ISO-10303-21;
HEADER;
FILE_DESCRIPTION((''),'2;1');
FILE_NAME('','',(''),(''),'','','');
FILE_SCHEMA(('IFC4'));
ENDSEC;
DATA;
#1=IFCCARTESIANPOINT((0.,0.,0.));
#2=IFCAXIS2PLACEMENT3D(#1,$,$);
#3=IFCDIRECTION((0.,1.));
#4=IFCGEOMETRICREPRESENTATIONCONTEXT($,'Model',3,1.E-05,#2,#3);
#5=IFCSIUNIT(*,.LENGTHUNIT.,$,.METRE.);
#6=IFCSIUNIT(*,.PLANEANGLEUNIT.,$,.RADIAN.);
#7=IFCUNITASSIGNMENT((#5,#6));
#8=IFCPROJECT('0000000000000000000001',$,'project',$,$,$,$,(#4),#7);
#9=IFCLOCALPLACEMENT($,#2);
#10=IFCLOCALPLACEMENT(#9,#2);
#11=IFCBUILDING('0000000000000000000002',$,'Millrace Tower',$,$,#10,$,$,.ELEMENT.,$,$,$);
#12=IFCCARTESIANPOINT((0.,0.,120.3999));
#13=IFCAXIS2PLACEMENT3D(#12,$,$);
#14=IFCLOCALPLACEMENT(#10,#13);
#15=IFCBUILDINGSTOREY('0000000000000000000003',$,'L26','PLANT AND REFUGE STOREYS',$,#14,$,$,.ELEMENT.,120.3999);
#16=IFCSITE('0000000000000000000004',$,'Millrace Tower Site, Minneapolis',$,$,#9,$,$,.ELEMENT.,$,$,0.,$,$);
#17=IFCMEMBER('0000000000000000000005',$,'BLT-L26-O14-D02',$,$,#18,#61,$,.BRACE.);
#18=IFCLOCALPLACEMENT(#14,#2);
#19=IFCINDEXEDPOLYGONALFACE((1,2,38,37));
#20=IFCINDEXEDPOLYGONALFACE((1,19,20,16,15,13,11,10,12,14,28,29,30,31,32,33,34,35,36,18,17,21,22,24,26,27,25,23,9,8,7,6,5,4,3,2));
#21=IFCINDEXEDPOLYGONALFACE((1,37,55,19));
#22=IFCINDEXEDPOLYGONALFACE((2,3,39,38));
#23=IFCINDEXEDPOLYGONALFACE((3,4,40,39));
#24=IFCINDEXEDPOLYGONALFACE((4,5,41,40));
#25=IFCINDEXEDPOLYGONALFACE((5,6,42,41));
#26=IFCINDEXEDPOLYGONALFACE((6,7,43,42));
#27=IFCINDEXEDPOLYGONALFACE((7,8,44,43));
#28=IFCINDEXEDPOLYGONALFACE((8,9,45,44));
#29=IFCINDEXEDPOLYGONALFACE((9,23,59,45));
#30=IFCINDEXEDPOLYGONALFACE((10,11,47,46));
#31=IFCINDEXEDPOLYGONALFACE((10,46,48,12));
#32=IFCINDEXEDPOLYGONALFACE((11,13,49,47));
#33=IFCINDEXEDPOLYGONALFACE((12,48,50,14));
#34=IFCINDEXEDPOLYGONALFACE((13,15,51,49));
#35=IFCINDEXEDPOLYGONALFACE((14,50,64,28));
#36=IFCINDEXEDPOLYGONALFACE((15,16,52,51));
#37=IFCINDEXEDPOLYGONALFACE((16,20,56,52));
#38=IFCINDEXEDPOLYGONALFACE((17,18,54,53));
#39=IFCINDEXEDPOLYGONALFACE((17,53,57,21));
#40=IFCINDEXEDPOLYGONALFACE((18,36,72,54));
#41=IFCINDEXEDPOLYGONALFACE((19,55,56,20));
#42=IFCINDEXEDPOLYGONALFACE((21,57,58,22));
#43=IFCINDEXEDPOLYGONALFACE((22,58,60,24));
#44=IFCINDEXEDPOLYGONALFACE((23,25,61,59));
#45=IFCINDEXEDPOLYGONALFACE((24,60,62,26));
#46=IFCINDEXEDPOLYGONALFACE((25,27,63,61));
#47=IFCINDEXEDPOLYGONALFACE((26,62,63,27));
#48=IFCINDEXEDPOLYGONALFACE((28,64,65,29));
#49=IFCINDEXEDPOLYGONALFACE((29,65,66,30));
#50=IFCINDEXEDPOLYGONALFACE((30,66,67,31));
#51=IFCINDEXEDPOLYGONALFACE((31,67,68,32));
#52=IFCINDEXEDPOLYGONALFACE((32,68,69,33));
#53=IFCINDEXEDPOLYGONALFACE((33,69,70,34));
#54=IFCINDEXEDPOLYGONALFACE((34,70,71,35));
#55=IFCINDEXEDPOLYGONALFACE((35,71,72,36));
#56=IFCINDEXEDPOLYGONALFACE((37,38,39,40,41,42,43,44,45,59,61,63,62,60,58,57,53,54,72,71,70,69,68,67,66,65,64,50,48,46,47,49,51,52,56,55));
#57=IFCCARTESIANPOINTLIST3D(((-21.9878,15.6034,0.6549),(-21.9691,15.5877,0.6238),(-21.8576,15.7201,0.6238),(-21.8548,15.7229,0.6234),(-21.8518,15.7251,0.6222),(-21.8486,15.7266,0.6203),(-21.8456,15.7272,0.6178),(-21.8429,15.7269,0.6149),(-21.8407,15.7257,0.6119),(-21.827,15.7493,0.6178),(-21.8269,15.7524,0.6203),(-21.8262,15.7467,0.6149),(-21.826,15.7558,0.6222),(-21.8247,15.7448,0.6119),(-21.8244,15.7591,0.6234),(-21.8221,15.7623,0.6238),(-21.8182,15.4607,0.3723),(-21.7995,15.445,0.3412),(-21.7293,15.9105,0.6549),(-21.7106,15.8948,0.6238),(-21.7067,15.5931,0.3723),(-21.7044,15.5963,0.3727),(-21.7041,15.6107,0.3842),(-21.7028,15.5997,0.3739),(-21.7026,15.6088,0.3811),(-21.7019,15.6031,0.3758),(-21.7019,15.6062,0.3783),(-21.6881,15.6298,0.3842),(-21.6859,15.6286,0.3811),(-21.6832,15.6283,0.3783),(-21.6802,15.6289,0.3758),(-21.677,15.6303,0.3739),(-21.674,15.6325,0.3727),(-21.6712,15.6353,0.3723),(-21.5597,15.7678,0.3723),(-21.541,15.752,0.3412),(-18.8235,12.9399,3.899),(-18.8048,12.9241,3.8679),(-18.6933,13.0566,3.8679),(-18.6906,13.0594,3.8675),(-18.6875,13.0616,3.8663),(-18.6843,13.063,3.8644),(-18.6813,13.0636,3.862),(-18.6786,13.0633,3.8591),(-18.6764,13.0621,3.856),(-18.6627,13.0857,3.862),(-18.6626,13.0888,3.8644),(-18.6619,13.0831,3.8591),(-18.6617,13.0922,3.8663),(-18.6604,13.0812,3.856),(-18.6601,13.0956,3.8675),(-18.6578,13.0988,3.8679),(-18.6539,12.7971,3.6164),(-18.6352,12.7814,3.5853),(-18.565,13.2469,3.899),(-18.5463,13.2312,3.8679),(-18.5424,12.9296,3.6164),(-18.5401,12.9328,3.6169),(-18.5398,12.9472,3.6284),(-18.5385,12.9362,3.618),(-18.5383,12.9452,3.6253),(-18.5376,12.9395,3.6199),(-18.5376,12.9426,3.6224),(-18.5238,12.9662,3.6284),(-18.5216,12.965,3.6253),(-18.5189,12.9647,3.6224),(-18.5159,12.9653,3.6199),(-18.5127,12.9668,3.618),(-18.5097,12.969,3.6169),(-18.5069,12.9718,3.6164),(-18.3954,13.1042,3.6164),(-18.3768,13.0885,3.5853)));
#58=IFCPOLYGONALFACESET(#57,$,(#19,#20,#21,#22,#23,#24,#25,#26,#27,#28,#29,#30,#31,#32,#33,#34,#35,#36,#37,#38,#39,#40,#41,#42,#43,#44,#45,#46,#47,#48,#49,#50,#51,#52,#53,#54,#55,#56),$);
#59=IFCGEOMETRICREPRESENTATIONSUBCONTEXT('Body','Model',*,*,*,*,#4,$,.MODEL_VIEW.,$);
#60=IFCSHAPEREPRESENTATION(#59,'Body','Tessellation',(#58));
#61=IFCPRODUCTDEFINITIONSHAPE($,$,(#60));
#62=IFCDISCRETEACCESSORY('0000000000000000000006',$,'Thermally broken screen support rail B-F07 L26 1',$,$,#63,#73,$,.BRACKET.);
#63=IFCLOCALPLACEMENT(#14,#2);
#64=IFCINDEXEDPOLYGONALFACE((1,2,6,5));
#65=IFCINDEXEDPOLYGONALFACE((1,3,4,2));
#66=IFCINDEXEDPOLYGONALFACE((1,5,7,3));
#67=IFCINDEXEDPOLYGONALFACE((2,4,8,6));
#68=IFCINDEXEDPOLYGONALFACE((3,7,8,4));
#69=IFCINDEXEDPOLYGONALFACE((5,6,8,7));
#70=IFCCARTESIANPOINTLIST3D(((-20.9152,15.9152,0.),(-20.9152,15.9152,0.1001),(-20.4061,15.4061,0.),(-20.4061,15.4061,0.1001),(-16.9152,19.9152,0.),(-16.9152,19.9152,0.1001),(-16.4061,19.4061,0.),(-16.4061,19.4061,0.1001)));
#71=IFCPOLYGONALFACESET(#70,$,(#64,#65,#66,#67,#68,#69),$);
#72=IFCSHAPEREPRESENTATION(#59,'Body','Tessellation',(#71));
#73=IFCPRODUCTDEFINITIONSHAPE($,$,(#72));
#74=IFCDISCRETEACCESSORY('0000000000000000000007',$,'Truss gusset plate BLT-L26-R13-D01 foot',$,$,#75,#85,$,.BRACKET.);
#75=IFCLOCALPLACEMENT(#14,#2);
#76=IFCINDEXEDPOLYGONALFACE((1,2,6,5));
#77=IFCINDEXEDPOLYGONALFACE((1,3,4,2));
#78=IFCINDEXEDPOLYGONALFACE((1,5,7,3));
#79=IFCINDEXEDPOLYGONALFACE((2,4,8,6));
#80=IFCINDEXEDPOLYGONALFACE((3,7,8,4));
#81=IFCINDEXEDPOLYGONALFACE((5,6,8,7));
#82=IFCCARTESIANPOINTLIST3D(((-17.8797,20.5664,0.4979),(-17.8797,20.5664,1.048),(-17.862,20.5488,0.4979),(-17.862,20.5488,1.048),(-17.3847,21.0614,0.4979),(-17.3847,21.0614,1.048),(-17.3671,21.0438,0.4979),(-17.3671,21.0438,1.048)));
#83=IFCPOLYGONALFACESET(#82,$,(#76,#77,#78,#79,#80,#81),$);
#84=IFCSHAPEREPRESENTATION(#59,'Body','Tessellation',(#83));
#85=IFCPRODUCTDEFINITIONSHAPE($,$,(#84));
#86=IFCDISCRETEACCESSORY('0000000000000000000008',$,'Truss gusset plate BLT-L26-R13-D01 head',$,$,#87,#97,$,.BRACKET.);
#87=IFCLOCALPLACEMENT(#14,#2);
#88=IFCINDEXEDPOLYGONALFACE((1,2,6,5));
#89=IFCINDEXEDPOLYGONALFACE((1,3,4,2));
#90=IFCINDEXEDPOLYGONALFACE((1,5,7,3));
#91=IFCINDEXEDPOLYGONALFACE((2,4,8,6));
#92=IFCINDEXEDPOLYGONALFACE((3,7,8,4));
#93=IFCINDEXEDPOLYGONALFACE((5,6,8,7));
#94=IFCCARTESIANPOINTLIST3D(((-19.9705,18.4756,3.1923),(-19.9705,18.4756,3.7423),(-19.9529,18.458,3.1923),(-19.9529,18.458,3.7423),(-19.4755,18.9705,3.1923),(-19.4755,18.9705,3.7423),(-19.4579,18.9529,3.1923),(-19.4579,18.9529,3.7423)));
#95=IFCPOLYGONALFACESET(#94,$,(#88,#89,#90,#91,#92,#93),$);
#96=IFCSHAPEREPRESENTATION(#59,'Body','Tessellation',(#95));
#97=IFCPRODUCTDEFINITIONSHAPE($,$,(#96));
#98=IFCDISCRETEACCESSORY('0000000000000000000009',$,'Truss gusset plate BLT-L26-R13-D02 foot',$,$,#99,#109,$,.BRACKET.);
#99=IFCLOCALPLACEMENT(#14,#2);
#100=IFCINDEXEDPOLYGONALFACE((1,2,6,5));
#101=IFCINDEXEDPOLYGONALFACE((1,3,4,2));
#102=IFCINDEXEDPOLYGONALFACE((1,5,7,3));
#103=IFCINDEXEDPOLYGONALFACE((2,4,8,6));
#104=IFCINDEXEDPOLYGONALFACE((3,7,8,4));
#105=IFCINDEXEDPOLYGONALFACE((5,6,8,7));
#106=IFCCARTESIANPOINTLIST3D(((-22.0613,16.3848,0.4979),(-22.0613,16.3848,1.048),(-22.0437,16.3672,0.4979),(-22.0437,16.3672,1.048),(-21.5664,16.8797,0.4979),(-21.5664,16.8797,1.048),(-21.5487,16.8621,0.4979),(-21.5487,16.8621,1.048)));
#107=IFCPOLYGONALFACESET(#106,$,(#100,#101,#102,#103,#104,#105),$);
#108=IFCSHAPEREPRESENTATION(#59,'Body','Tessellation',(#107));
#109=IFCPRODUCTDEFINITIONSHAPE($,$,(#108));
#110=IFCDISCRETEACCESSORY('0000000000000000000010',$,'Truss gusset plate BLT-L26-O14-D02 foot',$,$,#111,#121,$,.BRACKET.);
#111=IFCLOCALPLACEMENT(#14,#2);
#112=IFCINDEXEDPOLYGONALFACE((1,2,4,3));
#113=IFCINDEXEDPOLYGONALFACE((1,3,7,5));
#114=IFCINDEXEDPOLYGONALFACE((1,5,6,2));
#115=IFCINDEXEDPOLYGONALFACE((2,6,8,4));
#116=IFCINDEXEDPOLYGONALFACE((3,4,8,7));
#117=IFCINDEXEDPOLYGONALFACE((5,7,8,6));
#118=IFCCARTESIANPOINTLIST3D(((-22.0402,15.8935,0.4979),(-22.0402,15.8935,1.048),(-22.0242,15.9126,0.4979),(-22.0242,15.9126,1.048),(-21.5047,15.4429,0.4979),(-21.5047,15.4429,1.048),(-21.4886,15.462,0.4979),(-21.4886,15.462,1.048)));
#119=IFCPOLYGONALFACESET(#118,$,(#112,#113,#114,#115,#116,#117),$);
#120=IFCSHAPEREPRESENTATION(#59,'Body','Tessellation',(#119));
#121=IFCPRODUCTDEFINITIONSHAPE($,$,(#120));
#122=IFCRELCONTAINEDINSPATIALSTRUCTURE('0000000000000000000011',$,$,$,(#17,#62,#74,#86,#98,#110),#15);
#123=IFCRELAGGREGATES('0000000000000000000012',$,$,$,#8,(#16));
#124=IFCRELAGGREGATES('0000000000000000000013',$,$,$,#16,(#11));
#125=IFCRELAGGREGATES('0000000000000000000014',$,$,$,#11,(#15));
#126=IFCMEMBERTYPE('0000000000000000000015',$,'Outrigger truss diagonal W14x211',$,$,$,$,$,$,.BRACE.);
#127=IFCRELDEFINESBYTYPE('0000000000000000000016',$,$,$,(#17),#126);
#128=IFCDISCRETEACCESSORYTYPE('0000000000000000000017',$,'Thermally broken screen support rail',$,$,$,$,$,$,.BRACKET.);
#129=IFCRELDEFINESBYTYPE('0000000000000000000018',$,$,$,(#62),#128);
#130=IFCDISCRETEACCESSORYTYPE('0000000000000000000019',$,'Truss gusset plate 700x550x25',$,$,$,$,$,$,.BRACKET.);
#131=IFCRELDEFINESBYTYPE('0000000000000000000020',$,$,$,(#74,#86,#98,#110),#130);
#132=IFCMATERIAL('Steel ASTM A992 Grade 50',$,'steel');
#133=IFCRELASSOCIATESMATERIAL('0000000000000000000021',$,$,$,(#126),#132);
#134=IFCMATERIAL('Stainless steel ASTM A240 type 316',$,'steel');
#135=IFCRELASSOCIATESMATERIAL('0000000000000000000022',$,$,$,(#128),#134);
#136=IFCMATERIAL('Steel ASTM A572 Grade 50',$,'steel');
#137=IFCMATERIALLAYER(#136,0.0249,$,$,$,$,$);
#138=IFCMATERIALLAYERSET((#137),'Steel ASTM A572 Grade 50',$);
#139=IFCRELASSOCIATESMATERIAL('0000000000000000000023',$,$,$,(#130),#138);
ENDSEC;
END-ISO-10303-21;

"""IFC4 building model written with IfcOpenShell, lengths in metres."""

from ifc_helpers import new_model, si_unit, direction, frame, origin, origin_2d, place, context, subcontext, project, spatial, rectangle, i_section, extrude, material, layer, layer_set, material_profile, profile_set, type_object, element, save


model = new_model("IFC4")

# Units and contexts
model_context = context("Model", 3, precision=1e-05, world=origin(), true_north=direction((0.0, 1.0)))
body_context = subcontext(model_context, "Body", "Model", "MODEL_VIEW")
ifc_project = project(units=[si_unit("LENGTHUNIT", "METRE"), si_unit("PLANEANGLEUNIT", "RADIAN")], contexts=[model_context])

# Site, building, storey
site_placement = place(None, origin())
site = spatial("IfcSite", under=ifc_project, at=site_placement, Name="Millrace Tower Site, Minneapolis", CompositionType="ELEMENT", RefElevation=0.0)
building_placement = place(site_placement, origin())
building = spatial("IfcBuilding", under=site, at=building_placement, Name="Millrace Tower", CompositionType="ELEMENT")
storey_placement = place(building_placement, frame((0.0, 0.0, 120.3999)))
storey = spatial("IfcBuildingStorey", under=building, at=storey_placement, Name="L26", Description="PLANT AND REFUGE STOREYS", CompositionType="ELEMENT", Elevation=120.3999)

# Member
ifc_material_1 = material(Name="Steel ASTM A992 Grade 50", Category="steel")
ifc_material_profile_1 = material_profile(ifc_material_1, i_section(OverallWidth=0.4014, OverallDepth=0.3987, WebThickness=0.0249, FlangeThickness=0.0396, FilletRadius=0.0151, at=origin_2d()))
ifc_profile_set_1 = profile_set([ifc_material_profile_1], Name="Steel ASTM A992 Grade 50")
member_type_1 = type_object("IfcMemberType", Name="Outrigger truss diagonal W14x211", PredefinedType="BRACE", material=ifc_profile_set_1)
member_1_placement = place(storey_placement, frame((-21.7644, 15.6777, 0.498), z_axis=(0.601968, -0.50671, 0.617155), x_axis=(0.643979, 0.765043, 0.0)))
element("IfcMember", 1, at=member_1_placement, inside=storey, type_object=member_type_1, Name="BLT-L26-O14-D02", PredefinedType="BRACE", context=body_context, shape_type="SweptSolid", body=[
    extrude(i_section(OverallWidth=0.4014, OverallDepth=0.3987, WebThickness=0.0249, FlangeThickness=0.0396, FilletRadius=0.0151, at=origin_2d()), origin(), (0.0, 0.0, 1.0), 5.2566),
])

# Discrete accessories
ifc_material_2 = material(Name="Stainless steel ASTM A240 type 316", Category="steel")
discrete_accessory_type_1 = type_object("IfcDiscreteAccessoryType", Name="Thermally broken screen support rail", PredefinedType="BRACKET", material=ifc_material_2)
discrete_accessory_placement = place(storey_placement, frame((-18.6606, 17.6606, 0.0), z_axis=(0.0, 0.0, 1.0), x_axis=(-0.707107, -0.707107, 0.0)))
element("IfcDiscreteAccessory", 2, at=discrete_accessory_placement, inside=storey, type_object=discrete_accessory_type_1, Name="Thermally broken screen support rail B-F07 L26 1", PredefinedType="BRACKET", context=body_context, shape_type="SweptSolid", body=[
    extrude(rectangle(XDim=5.6567, YDim=0.72, at=origin_2d()), origin(), (0.0, 0.0, 1.0), 0.1001),
])
ifc_material_3 = material(Name="Steel ASTM A572 Grade 50", Category="steel")
ifc_layer_1 = layer(ifc_material_3, 0.0249)
ifc_layer_set_1 = layer_set([ifc_layer_1], Name="Steel ASTM A572 Grade 50")
discrete_accessory_type_2 = type_object("IfcDiscreteAccessoryType", Name="Truss gusset plate 700x550x25", PredefinedType="BRACKET", material=ifc_layer_set_1)
for number, where, z_axis, x_axis, name in (
    (3, (-17.8708, 20.5576, 0.7729), (0.707107, 0.707107, 0.0), (-0.707107, 0.707107, 0.0), "Truss gusset plate BLT-L26-R13-D01 foot"),
    (4, (-19.9617, 18.4668, 3.4673), (0.707107, 0.707107, 0.0), (-0.707107, 0.707107, 0.0), "Truss gusset plate BLT-L26-R13-D01 head"),
    (5, (-22.0525, 16.376, 0.7729), (0.707107, 0.707107, 0.0), (-0.707107, 0.707107, 0.0), "Truss gusset plate BLT-L26-R13-D02 foot"),
    (6, (-22.0322, 15.9031, 0.7729), (0.765182, -0.643813, 0.0), (0.643813, 0.765182, 0.0), "Truss gusset plate BLT-L26-O14-D02 foot"),
):
    element("IfcDiscreteAccessory", number, at=place(storey_placement, frame(where, z_axis=z_axis, x_axis=x_axis)), inside=storey, type_object=discrete_accessory_type_2, Name=name, PredefinedType="BRACKET", context=body_context, shape_type="SweptSolid", body=[
        extrude(rectangle(XDim=0.0249, YDim=0.55, at=origin_2d()), origin(), (0.0, 0.0, 1.0), 0.7),
    ])

save(model, "model.ifc")
